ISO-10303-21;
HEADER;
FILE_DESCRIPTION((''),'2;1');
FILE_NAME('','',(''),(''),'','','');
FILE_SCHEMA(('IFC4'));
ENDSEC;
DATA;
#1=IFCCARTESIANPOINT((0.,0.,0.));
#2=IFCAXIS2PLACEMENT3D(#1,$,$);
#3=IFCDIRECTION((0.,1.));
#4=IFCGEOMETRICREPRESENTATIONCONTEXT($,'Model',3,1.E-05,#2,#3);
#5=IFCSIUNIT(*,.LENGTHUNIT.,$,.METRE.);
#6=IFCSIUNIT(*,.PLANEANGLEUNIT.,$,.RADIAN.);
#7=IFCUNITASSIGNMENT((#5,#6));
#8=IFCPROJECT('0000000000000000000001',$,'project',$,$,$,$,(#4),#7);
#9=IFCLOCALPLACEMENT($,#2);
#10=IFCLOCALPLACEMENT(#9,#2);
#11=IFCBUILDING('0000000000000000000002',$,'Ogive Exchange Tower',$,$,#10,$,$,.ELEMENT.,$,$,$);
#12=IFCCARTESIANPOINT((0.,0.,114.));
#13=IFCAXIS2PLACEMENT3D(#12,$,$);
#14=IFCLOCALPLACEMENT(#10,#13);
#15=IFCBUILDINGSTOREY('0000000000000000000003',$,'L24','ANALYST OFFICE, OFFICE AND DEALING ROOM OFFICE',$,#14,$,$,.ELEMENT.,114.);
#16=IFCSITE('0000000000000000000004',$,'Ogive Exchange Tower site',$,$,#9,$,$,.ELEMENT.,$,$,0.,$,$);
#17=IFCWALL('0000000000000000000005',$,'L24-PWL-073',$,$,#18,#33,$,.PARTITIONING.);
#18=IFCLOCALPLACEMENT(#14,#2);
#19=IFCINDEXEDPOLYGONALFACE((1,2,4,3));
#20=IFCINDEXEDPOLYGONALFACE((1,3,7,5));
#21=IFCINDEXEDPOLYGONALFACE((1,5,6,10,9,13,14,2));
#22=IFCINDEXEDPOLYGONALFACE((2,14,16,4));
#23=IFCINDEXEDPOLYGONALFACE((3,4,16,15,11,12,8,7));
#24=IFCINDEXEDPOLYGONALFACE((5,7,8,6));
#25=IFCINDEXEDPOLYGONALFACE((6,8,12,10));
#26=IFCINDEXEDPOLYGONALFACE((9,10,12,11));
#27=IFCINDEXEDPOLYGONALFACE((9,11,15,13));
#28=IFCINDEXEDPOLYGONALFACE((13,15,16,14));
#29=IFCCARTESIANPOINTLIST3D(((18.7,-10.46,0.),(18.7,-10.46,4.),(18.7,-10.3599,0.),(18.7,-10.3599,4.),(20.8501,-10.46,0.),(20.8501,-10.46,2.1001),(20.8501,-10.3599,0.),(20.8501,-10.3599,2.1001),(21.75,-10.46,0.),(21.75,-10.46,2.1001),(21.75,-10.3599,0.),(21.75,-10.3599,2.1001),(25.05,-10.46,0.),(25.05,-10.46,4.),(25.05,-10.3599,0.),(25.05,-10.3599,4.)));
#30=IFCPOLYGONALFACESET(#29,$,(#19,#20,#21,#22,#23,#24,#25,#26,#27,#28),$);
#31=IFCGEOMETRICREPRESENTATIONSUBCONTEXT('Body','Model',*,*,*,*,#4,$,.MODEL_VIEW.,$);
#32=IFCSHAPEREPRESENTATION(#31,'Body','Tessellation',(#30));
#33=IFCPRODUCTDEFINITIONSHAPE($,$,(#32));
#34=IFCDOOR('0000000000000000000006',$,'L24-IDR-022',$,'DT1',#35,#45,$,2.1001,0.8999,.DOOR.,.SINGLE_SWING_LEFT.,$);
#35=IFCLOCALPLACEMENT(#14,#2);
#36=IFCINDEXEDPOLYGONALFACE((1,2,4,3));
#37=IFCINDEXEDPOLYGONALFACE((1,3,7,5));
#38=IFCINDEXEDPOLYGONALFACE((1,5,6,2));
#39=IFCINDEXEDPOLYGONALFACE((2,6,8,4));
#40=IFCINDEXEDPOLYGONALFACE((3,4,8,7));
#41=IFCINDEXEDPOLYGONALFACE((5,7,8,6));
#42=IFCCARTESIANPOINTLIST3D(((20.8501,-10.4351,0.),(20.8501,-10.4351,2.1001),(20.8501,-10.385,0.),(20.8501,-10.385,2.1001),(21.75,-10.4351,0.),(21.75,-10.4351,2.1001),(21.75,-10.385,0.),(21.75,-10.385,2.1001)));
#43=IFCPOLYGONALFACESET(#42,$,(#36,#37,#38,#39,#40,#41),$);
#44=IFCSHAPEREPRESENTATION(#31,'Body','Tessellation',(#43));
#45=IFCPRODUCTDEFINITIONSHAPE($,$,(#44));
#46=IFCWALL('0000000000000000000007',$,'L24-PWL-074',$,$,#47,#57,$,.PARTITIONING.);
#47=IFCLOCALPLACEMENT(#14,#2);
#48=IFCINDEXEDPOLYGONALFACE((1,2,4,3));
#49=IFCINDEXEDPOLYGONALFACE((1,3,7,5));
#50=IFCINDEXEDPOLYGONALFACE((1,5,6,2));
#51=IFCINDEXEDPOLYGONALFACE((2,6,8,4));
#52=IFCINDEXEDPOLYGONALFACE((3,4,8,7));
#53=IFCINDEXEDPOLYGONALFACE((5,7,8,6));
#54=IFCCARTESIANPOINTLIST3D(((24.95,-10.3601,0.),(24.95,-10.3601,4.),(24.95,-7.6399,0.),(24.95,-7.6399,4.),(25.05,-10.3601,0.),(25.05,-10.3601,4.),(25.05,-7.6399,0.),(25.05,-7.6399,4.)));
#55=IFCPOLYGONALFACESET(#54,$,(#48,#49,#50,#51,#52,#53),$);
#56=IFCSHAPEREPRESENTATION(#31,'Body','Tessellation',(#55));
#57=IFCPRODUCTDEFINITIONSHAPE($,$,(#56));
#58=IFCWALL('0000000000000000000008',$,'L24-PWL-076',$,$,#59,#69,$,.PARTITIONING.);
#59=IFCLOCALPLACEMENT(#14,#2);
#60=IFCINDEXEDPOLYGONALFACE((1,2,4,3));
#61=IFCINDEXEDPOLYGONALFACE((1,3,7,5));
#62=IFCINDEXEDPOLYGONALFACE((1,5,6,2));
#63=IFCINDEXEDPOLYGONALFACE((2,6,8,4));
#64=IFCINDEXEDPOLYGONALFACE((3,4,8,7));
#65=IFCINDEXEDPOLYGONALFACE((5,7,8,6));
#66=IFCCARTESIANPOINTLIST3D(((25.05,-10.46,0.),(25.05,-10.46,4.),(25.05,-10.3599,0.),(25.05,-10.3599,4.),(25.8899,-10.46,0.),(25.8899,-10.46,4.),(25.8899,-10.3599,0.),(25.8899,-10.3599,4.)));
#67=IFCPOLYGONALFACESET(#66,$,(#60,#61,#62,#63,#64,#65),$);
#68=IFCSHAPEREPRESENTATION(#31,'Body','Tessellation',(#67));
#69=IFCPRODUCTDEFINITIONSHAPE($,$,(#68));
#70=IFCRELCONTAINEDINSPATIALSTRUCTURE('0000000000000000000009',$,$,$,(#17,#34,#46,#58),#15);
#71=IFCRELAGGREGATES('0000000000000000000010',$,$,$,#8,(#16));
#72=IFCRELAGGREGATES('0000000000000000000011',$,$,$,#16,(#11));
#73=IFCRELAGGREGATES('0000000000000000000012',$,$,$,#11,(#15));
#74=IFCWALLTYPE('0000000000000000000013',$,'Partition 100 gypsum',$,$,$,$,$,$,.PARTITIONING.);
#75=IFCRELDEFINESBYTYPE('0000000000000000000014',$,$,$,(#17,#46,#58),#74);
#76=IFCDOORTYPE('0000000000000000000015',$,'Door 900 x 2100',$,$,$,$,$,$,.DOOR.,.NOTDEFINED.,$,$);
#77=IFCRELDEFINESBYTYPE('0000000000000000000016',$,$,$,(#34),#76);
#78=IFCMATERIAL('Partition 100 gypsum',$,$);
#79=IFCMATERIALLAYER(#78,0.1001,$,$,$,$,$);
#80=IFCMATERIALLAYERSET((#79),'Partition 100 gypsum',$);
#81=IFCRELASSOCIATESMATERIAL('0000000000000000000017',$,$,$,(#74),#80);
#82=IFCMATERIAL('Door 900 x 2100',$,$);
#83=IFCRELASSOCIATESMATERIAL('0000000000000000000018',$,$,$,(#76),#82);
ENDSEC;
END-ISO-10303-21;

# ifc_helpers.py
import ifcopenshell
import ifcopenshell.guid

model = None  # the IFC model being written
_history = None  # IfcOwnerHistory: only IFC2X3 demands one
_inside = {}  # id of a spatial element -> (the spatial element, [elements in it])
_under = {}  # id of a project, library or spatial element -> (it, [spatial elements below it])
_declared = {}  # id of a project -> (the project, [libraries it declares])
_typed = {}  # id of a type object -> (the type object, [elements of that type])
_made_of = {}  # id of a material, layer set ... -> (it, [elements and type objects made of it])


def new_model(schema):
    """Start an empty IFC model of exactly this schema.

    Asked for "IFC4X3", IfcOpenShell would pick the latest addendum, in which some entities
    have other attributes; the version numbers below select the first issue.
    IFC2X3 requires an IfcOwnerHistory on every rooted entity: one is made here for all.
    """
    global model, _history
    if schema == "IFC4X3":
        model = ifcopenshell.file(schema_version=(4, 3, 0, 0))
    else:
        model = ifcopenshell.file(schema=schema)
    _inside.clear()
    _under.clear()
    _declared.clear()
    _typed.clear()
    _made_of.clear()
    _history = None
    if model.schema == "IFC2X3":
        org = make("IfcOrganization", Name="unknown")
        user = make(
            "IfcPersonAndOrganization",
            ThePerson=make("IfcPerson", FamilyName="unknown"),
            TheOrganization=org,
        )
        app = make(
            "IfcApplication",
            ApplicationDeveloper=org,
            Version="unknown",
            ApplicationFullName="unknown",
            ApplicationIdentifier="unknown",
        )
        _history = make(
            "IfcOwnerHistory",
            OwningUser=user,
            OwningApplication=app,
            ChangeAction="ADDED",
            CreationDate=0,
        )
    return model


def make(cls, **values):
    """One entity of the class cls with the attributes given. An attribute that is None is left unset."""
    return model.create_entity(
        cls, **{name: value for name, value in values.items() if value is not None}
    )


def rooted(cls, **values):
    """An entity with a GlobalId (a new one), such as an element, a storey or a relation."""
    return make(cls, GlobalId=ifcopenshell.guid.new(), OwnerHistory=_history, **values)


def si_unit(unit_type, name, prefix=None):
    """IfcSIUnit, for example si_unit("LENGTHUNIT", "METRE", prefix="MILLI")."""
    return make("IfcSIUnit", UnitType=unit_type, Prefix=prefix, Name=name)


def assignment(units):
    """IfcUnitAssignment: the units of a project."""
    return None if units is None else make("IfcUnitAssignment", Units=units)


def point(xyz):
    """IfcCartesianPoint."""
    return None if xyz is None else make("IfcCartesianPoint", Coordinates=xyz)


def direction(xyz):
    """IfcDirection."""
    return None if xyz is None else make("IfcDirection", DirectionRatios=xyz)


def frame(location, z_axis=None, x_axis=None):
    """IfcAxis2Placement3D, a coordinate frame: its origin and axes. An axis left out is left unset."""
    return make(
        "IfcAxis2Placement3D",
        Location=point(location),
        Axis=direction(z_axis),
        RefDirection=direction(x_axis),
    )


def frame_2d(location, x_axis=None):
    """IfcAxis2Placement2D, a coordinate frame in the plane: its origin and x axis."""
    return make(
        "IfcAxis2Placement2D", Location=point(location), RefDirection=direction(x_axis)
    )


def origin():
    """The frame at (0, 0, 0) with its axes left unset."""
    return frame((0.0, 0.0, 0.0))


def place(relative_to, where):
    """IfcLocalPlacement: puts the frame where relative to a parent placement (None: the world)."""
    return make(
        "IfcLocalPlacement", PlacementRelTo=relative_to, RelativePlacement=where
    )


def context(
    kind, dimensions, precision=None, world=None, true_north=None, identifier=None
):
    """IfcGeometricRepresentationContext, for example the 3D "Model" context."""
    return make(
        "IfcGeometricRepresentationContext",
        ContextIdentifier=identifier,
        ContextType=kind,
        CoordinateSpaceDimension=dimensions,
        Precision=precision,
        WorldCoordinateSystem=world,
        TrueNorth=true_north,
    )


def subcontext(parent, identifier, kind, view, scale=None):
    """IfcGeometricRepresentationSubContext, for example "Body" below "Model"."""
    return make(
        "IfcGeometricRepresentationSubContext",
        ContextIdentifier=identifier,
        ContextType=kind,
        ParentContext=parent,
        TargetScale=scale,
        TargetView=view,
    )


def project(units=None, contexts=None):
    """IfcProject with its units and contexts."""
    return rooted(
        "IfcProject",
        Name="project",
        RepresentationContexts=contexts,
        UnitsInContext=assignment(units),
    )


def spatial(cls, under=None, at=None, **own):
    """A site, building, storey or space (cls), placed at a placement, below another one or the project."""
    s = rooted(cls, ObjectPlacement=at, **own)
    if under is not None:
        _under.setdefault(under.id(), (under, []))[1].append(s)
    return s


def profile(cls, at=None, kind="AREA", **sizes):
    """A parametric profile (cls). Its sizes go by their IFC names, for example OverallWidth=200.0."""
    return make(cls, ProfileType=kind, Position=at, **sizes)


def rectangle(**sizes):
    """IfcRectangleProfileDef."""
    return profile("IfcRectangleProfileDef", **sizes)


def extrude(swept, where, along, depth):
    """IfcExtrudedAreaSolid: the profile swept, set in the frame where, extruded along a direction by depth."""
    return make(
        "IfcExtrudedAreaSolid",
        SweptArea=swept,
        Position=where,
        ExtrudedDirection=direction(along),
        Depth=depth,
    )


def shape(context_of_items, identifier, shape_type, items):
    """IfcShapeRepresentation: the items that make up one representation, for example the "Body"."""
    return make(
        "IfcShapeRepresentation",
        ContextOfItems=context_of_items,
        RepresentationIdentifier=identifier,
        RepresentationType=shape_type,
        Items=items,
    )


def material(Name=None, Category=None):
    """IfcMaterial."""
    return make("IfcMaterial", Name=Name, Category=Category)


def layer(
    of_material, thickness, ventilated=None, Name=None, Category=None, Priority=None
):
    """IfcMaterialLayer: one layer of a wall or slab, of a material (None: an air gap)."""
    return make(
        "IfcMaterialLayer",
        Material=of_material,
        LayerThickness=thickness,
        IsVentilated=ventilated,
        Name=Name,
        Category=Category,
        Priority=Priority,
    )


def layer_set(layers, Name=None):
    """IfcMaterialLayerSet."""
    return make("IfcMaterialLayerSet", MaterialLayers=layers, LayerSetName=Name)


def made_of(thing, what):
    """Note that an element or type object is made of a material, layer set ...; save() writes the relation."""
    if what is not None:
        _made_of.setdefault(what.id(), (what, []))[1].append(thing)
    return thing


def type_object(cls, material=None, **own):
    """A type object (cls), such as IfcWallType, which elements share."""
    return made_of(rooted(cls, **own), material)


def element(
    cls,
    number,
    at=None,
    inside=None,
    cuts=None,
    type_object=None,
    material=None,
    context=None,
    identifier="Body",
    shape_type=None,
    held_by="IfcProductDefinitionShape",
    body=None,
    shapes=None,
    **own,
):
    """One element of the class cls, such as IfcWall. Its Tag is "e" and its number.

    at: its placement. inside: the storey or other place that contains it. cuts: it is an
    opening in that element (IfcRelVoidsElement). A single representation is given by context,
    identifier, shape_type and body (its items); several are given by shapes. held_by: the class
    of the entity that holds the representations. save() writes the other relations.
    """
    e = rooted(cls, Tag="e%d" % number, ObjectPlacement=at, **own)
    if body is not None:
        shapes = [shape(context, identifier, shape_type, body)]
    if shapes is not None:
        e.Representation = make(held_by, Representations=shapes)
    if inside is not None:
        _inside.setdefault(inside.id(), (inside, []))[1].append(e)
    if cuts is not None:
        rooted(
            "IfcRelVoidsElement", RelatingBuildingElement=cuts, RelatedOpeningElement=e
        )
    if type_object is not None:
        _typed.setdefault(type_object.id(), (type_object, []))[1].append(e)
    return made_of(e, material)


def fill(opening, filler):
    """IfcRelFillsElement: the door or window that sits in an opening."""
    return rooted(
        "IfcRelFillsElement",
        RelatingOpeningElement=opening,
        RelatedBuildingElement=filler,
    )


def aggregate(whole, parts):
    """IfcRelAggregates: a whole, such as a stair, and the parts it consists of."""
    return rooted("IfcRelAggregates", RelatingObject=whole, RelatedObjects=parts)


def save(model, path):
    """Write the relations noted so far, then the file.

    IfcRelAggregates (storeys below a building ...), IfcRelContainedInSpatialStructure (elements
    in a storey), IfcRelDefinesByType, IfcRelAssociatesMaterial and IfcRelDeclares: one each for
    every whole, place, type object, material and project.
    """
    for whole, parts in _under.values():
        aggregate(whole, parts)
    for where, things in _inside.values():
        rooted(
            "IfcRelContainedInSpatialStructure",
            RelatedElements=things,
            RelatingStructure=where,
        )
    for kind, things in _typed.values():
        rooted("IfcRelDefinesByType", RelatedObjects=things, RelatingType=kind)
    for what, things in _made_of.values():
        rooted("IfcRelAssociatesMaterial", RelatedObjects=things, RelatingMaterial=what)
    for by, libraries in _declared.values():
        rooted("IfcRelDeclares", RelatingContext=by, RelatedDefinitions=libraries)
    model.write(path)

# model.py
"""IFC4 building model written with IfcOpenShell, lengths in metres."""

from ifc_helpers import new_model, si_unit, direction, frame, frame_2d, origin, place, context, subcontext, project, spatial, rectangle, extrude, material, layer, layer_set, type_object, element, fill, save


model = new_model("IFC4")

# Units and contexts
model_context = context("Model", 3, precision=1e-05, world=origin(), true_north=direction((0.0, 1.0)))
body_context = subcontext(model_context, "Body", "Model", "MODEL_VIEW")
ifc_project = project(units=[si_unit("LENGTHUNIT", "METRE"), si_unit("PLANEANGLEUNIT", "RADIAN")], contexts=[model_context])

# Site, building, storey
site_placement = place(None, origin())
site = spatial("IfcSite", under=ifc_project, at=site_placement, Name="Ogive Exchange Tower site", CompositionType="ELEMENT", RefElevation=0.0)
building_placement = place(site_placement, origin())
building = spatial("IfcBuilding", under=site, at=building_placement, Name="Ogive Exchange Tower", CompositionType="ELEMENT")
storey_placement = place(building_placement, frame((0.0, 0.0, 114.0)))
storey = spatial("IfcBuildingStorey", under=building, at=storey_placement, Name="L24", Description="ANALYST OFFICE, OFFICE AND DEALING ROOM OFFICE", CompositionType="ELEMENT", Elevation=114.0)

# Wall, opening, door
ifc_material_1 = material(Name="Partition 100 gypsum")
ifc_layer_1 = layer(ifc_material_1, 0.1001)
ifc_layer_set_1 = layer_set([ifc_layer_1], Name="Partition 100 gypsum")
wall_type_1 = type_object("IfcWallType", Name="Partition 100 gypsum", PredefinedType="PARTITIONING", material=ifc_layer_set_1)
wall_1_placement = place(storey_placement, frame((25.05, -10.4099, 0.0), z_axis=(0.0, 0.0, 1.0), x_axis=(-1.0, 0.0, 0.0)))
wall_1 = element("IfcWall", 1, at=wall_1_placement, inside=storey, type_object=wall_type_1, Name="L24-PWL-073", PredefinedType="PARTITIONING", context=body_context, shape_type="SweptSolid", body=[
    extrude(rectangle(XDim=6.3501, YDim=0.1001, at=frame_2d((3.175, 0.0))), origin(), (0.0, 0.0, 1.0), 4.0),
])
opening_1_placement = place(wall_1_placement, frame((3.3, 0.0, 0.0)))
opening_1 = element("IfcOpeningElement", 2, at=opening_1_placement, cuts=wall_1, PredefinedType="OPENING", context=body_context, shape_type="SweptSolid", body=[
    extrude(rectangle(XDim=0.8999, YDim=2.1001, at=frame_2d((0.45, 1.05))), frame((0.0, 0.0601, 0.0), z_axis=(0.0, -1.0, 0.0), x_axis=(1.0, 0.0, 0.0)), (0.0, 0.0, 1.0), 0.1201),
])
ifc_material_2 = material(Name="Door 900 x 2100")
door_type_1 = type_object("IfcDoorType", Name="Door 900 x 2100", OperationType="NOTDEFINED", PredefinedType="DOOR", material=ifc_material_2)
door_1_placement = place(opening_1_placement, frame((0.8999, 0.0, 0.0), z_axis=(0.0, 0.0, 1.0), x_axis=(-1.0, 0.0, 0.0)))
door_1 = element("IfcDoor", 3, at=door_1_placement, inside=storey, type_object=door_type_1, Name="L24-IDR-022", ObjectType="DT1", OperationType="SINGLE_SWING_LEFT", OverallHeight=2.1001, OverallWidth=0.8999, PredefinedType="DOOR", context=body_context, shape_type="SweptSolid", body=[
    extrude(rectangle(XDim=0.8999, YDim=2.1001, at=frame_2d((0.45, 1.05))), frame((0.0, 0.0249, 0.0), z_axis=(0.0, -1.0, 0.0), x_axis=(1.0, 0.0, 0.0)), (0.0, 0.0, 1.0), 0.05),
])
fill(opening_1, door_1)

# Walls
wall_2_placement = place(storey_placement, frame((25.0, -10.3601, 0.0), z_axis=(0.0, 0.0, 1.0), x_axis=(0.0, 1.0, 0.0)))
element("IfcWall", 4, at=wall_2_placement, inside=storey, type_object=wall_type_1, Name="L24-PWL-074", PredefinedType="PARTITIONING", context=body_context, shape_type="SweptSolid", body=[
    extrude(rectangle(XDim=2.7202, YDim=0.1001, at=frame_2d((1.3601, 0.0))), origin(), (0.0, 0.0, 1.0), 4.0),
])
wall_3_placement = place(storey_placement, frame((25.8899, -10.4099, 0.0), z_axis=(0.0, 0.0, 1.0), x_axis=(-1.0, 0.0, 0.0)))
element("IfcWall", 5, at=wall_3_placement, inside=storey, type_object=wall_type_1, Name="L24-PWL-076", PredefinedType="PARTITIONING", context=body_context, shape_type="SweptSolid", body=[
    extrude(rectangle(XDim=0.8398, YDim=0.1001, at=frame_2d((0.4199, 0.0))), origin(), (0.0, 0.0, 1.0), 4.0),
])

save(model, "model.ifc")
